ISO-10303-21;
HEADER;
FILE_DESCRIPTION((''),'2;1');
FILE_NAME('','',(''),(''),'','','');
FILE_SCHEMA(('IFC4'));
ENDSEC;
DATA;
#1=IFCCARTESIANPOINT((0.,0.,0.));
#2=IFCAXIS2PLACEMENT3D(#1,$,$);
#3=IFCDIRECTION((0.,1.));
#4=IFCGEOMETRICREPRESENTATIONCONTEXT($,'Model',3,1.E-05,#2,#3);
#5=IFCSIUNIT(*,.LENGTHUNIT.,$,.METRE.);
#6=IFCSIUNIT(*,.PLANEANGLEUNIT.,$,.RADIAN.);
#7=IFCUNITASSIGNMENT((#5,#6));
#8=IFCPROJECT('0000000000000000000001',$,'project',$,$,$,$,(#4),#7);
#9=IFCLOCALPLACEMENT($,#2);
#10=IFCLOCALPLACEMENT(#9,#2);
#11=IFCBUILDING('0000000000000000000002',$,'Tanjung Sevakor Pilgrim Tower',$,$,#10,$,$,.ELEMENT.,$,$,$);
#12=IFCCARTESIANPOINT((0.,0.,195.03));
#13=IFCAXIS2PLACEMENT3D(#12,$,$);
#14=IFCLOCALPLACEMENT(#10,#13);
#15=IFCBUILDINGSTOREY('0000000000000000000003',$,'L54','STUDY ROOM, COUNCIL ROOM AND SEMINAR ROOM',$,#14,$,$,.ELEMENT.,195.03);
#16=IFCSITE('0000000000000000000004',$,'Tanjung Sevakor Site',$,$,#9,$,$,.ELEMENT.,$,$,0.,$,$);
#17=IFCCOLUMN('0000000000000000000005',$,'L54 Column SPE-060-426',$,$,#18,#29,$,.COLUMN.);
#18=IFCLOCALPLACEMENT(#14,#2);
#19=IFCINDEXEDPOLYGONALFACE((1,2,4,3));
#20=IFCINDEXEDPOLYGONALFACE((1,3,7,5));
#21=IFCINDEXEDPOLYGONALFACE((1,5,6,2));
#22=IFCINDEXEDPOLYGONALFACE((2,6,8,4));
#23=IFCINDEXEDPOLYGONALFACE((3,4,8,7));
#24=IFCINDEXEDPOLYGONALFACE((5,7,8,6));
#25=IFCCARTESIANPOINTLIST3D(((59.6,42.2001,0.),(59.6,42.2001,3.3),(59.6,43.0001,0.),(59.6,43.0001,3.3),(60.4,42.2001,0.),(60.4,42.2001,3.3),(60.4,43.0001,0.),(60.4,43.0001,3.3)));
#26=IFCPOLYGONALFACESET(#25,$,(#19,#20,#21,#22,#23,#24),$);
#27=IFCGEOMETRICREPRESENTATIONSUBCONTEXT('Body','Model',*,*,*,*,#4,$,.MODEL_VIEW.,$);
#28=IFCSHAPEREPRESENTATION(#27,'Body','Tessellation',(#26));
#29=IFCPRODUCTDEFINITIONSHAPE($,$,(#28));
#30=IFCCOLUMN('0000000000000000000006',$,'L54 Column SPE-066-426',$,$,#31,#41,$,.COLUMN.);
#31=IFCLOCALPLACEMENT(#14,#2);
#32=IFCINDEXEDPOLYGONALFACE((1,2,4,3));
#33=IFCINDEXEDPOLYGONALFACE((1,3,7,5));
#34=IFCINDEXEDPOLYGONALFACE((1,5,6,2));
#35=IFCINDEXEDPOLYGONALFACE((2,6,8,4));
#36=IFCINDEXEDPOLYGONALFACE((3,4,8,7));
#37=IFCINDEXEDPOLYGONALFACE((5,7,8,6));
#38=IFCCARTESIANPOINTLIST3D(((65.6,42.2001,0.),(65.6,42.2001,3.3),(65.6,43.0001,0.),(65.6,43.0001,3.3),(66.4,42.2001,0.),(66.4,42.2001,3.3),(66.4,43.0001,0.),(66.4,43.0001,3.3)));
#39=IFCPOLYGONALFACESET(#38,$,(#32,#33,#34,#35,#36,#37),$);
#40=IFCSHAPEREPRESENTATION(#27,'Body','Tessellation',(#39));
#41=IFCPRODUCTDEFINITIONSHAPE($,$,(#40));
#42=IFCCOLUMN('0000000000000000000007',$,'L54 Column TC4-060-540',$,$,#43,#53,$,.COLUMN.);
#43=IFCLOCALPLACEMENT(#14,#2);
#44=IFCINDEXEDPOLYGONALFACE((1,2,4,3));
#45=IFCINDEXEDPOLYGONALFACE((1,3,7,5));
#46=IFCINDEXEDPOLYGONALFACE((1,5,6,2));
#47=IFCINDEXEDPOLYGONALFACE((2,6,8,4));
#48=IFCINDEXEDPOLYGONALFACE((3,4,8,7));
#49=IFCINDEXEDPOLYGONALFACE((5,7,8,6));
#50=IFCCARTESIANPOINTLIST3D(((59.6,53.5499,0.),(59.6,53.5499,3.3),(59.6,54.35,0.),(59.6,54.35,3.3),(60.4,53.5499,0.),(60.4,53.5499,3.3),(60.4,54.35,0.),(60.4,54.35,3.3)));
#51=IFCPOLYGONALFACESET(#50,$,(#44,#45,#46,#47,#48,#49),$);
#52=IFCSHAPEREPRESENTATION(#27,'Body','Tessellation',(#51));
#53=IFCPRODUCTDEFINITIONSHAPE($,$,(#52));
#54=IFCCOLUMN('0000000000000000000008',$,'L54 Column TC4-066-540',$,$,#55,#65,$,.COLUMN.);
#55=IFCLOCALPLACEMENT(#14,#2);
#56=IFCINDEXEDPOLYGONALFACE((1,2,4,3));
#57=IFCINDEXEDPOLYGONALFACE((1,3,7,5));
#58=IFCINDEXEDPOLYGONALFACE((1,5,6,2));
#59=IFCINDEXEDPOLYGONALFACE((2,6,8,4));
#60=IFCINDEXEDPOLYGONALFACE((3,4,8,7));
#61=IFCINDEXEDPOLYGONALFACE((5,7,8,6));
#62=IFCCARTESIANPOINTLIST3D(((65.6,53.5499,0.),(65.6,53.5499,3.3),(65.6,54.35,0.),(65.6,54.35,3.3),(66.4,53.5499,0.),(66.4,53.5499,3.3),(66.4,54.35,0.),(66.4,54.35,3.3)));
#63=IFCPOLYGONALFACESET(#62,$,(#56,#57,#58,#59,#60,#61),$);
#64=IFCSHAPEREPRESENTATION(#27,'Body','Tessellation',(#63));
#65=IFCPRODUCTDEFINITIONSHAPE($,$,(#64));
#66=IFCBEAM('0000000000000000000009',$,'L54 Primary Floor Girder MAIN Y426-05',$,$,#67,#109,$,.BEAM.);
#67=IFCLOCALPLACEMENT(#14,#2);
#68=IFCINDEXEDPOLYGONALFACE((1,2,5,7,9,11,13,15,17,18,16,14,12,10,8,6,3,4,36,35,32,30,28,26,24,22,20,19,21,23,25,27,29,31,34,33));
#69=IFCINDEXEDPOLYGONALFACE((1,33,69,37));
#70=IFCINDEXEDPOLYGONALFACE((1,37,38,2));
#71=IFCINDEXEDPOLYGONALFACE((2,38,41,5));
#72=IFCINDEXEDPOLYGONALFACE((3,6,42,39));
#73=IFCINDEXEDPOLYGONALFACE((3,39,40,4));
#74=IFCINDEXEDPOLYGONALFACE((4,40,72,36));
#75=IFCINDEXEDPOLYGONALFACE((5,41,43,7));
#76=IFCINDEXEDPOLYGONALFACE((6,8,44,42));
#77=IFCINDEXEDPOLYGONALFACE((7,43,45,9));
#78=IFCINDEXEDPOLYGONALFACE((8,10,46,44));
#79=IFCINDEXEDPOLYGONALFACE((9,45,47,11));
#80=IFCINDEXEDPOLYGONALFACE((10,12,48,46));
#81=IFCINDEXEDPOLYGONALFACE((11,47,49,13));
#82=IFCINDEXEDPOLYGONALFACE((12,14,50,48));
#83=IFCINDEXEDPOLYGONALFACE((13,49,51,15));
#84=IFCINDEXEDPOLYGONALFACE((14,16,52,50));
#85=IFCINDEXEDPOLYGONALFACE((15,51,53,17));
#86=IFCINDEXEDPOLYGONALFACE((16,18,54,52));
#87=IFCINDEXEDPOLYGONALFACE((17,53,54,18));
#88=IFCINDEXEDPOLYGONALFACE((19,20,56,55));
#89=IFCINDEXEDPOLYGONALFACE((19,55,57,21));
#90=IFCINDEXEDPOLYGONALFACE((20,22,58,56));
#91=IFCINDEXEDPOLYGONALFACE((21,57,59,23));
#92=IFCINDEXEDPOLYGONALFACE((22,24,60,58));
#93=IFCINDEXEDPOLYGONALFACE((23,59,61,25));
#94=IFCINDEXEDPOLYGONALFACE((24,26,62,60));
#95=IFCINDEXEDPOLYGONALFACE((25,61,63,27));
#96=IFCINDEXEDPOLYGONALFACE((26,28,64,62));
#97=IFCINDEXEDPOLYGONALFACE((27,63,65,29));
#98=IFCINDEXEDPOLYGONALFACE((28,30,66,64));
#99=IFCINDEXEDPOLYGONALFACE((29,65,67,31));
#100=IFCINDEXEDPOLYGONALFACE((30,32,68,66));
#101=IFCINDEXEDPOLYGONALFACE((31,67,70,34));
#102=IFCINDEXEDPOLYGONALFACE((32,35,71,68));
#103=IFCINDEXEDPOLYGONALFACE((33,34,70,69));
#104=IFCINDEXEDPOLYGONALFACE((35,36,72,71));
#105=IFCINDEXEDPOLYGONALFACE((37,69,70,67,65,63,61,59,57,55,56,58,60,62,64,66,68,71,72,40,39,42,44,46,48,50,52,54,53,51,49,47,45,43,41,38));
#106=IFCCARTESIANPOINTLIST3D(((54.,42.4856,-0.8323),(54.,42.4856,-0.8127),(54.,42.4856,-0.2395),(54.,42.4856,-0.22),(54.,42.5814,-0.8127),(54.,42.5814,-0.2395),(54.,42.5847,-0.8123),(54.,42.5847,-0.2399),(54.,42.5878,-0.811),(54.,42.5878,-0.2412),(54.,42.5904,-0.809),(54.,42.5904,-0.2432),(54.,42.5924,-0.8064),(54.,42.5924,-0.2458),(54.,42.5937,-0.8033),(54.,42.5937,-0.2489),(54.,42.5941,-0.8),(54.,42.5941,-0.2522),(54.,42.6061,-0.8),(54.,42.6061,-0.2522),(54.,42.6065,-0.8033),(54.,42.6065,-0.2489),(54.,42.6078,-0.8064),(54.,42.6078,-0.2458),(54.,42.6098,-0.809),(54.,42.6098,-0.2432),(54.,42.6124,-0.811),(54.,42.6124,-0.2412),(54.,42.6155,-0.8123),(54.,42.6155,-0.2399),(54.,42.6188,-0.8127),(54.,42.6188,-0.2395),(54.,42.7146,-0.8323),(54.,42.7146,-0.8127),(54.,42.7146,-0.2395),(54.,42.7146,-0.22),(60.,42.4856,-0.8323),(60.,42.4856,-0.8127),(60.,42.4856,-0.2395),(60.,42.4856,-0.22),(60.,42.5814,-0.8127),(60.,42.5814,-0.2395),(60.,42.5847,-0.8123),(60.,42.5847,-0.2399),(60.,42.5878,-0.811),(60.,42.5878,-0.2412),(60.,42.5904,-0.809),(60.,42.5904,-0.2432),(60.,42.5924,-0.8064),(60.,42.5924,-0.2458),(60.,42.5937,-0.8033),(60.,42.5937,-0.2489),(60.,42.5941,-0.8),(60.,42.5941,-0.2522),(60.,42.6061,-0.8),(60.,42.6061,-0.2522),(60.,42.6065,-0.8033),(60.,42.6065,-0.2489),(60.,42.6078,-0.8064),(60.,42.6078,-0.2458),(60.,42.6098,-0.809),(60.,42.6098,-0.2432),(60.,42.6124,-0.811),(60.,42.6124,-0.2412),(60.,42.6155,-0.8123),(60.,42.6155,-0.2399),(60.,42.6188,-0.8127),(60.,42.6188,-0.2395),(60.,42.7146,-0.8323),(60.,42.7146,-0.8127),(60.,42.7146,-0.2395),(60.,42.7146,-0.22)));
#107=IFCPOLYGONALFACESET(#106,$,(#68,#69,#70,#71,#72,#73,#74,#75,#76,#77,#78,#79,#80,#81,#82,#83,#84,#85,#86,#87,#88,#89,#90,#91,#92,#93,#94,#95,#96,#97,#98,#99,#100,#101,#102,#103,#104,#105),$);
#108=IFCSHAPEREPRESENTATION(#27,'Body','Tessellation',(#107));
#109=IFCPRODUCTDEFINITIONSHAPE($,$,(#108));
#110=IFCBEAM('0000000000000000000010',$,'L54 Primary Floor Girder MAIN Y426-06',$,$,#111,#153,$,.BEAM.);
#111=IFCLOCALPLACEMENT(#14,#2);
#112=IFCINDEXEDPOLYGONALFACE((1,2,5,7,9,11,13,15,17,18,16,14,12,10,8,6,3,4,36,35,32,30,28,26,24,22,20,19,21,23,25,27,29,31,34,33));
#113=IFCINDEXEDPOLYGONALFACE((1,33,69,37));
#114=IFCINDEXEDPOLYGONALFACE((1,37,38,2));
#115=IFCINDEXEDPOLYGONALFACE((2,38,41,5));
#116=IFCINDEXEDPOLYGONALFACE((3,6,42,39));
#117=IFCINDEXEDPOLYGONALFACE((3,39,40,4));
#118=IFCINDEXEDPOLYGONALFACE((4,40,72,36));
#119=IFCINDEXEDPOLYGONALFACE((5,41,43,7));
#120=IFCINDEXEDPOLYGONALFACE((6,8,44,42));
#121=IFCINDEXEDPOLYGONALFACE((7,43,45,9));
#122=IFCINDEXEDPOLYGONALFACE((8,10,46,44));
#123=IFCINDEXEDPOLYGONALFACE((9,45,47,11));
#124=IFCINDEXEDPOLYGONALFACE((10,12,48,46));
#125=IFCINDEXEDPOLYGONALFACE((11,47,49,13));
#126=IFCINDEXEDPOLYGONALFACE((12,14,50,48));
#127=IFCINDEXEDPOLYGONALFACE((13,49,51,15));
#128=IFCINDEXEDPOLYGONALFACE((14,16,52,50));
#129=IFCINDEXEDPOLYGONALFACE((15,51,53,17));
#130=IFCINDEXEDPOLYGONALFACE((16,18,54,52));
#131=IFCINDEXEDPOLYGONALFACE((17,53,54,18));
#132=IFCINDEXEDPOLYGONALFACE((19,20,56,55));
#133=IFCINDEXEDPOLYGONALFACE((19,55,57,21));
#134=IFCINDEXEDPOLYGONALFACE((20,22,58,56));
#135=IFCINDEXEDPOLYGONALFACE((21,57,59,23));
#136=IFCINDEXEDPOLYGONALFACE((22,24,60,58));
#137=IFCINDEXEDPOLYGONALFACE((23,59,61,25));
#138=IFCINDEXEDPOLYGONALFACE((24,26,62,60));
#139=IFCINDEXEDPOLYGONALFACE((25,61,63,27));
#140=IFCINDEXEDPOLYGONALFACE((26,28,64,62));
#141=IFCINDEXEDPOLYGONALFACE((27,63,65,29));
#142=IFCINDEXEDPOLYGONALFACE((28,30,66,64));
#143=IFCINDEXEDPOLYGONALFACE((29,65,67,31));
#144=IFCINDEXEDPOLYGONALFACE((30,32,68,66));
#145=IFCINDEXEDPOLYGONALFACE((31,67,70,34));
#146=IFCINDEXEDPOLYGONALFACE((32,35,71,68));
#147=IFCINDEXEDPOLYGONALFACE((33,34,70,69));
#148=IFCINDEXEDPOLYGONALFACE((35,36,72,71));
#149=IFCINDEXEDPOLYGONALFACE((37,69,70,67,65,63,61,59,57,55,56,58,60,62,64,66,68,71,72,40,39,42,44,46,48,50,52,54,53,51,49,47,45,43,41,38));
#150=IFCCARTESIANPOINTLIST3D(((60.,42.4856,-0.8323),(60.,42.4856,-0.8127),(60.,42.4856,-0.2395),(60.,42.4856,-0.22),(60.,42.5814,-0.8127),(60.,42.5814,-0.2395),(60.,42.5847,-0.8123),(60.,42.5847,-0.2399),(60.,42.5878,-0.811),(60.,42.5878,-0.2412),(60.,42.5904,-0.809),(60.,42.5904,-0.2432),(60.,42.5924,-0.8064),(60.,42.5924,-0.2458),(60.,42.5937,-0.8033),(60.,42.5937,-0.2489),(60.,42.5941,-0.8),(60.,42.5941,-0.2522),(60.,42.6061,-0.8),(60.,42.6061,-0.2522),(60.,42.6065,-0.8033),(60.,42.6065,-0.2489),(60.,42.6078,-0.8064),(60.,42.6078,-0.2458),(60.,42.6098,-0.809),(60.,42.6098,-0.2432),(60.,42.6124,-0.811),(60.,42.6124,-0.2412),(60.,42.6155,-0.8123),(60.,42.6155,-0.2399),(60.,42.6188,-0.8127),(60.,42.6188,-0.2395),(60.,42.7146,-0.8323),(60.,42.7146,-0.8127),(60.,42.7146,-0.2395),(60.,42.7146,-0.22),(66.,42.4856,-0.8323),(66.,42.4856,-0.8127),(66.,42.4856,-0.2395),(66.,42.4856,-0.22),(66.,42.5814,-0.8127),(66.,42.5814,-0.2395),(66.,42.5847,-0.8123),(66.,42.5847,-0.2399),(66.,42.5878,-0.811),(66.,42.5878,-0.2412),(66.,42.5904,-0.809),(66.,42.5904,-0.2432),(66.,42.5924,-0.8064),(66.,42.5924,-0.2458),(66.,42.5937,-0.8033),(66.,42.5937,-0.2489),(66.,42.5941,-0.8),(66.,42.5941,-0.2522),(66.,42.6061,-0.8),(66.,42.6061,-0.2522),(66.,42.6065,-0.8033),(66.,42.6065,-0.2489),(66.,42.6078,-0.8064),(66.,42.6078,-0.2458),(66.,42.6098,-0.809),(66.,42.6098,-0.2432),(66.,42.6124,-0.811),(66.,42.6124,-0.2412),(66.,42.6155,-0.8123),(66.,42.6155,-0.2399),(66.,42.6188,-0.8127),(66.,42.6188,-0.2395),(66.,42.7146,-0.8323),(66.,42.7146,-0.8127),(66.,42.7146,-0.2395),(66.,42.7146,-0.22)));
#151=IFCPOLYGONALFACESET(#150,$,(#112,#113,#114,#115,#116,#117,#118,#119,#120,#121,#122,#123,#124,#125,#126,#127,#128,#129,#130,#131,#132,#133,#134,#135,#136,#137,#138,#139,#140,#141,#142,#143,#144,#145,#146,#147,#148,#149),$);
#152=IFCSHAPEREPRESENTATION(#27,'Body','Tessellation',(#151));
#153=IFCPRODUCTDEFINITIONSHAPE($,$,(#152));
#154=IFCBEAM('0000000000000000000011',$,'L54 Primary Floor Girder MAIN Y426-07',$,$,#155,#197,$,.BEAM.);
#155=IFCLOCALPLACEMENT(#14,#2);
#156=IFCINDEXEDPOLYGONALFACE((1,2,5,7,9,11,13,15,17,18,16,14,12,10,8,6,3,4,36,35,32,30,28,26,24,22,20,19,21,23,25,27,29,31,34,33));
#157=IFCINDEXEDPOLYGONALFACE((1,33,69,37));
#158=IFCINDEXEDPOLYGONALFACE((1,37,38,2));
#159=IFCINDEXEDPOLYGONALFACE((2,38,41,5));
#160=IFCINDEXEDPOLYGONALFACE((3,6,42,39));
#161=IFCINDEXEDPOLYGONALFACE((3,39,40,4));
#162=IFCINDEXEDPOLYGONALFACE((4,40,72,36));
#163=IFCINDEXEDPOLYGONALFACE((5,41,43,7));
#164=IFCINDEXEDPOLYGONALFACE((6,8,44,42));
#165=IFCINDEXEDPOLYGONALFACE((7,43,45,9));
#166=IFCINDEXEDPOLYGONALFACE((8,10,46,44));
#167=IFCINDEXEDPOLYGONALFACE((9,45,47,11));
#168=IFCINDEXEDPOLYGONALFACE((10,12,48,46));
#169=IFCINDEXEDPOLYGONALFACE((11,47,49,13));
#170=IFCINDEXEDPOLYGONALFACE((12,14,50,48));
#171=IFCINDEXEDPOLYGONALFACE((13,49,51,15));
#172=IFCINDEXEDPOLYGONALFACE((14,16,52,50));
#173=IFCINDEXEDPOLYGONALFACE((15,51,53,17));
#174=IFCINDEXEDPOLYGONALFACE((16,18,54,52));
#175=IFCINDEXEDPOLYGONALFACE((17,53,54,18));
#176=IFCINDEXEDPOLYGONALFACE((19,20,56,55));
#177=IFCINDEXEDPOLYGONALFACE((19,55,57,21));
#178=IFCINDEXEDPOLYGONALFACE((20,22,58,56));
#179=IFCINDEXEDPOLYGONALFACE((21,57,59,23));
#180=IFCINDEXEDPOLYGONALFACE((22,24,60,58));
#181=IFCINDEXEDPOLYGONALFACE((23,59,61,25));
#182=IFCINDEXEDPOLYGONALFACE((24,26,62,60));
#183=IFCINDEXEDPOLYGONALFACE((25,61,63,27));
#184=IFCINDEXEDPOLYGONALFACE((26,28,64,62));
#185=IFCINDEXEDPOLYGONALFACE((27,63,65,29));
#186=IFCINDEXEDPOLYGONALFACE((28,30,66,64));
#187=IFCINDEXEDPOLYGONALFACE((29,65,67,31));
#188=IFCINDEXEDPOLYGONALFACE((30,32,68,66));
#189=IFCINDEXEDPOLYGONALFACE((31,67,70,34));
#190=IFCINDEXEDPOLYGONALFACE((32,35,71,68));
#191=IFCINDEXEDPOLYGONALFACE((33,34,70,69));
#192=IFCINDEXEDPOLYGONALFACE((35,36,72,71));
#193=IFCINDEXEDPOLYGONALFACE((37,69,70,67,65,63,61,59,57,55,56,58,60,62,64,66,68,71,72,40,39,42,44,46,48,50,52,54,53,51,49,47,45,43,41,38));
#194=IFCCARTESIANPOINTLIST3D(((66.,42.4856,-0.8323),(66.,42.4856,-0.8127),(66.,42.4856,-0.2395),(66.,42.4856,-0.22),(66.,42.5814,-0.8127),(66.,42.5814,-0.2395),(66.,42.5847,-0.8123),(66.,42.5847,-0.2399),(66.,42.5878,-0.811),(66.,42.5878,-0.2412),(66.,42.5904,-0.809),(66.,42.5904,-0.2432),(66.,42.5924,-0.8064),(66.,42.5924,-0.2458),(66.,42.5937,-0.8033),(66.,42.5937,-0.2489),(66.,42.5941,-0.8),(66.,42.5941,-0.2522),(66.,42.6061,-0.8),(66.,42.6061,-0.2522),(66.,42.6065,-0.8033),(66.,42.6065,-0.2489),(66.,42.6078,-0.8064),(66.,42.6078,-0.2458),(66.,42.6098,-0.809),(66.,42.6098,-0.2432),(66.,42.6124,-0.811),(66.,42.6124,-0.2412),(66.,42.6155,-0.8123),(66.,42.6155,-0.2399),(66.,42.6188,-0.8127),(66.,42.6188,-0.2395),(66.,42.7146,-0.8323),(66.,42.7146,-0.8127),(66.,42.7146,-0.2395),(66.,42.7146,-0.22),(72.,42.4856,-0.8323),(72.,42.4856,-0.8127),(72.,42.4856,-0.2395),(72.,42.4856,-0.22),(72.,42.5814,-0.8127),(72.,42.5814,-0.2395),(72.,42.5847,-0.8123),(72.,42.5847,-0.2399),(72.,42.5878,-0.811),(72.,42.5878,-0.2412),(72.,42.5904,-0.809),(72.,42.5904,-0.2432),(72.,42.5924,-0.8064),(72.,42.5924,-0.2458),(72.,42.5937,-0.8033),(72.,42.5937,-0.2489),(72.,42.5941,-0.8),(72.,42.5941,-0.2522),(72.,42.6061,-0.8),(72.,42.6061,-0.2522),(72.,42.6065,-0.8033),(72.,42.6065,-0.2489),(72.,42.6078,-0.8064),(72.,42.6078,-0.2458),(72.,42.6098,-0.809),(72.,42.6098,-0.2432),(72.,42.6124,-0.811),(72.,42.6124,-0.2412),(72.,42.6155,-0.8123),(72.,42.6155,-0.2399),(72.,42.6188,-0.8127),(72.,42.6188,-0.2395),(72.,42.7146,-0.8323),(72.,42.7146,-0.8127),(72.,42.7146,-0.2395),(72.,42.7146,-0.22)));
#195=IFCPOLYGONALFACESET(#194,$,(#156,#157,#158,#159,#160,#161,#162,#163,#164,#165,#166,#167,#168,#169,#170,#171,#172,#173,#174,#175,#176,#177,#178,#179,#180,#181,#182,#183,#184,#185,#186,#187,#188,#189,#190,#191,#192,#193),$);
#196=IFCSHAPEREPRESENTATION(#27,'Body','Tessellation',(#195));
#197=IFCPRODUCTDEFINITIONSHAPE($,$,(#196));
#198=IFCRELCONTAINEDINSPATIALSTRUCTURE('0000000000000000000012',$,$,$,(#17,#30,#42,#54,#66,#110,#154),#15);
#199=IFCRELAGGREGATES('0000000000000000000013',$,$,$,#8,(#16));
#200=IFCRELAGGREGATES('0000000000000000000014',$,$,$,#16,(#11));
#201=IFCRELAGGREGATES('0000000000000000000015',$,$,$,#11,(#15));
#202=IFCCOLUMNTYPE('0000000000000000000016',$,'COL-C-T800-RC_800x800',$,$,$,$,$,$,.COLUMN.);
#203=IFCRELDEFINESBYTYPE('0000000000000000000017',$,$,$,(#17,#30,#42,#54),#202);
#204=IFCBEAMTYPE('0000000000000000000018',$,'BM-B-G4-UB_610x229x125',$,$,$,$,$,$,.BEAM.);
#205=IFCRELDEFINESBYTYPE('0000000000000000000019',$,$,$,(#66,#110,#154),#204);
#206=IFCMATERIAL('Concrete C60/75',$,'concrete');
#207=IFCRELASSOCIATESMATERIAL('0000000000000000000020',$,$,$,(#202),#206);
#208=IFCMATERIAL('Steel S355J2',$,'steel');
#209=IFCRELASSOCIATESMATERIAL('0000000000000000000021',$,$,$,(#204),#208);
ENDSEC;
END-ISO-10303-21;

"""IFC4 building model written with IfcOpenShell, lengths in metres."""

from ifc_helpers import new_model, si_unit, direction, frame, origin, origin_2d, place, context, subcontext, project, spatial, rectangle, i_section, extrude, material, material_profile, profile_set, type_object, element, save


model = new_model("IFC4")

# Units and contexts
model_context = context("Model", 3, precision=1e-05, world=origin(), true_north=direction((0.0, 1.0)))
body_context = subcontext(model_context, "Body", "Model", "MODEL_VIEW")
ifc_project = project(units=[si_unit("LENGTHUNIT", "METRE"), si_unit("PLANEANGLEUNIT", "RADIAN")], contexts=[model_context])

# Site, building, storey
site_placement = place(None, origin())
site = spatial("IfcSite", under=ifc_project, at=site_placement, Name="Tanjung Sevakor Site", CompositionType="ELEMENT", RefElevation=0.0)
building_placement = place(site_placement, origin())
building = spatial("IfcBuilding", under=site, at=building_placement, Name="Tanjung Sevakor Pilgrim Tower", CompositionType="ELEMENT")
storey_placement = place(building_placement, frame((0.0, 0.0, 195.03)))
storey = spatial("IfcBuildingStorey", under=building, at=storey_placement, Name="L54", Description="STUDY ROOM, COUNCIL ROOM AND SEMINAR ROOM", CompositionType="ELEMENT", Elevation=195.03)

# Columns
ifc_material_1 = material(Name="Concrete C60/75", Category="concrete")
ifc_material_profile_1 = material_profile(ifc_material_1, rectangle(XDim=0.8, YDim=0.8, at=origin_2d()))
ifc_profile_set_1 = profile_set([ifc_material_profile_1], Name="Concrete C60/75")
column_type = type_object("IfcColumnType", Name="COL-C-T800-RC_800x800", PredefinedType="COLUMN", material=ifc_profile_set_1)
for number, where, z_axis, x_axis, name in (
    (1, (60.0, 42.6001, 0.0), (0.0, 0.0, 1.0), (1.0, 0.0, 0.0), "L54 Column SPE-060-426"),
    (2, (66.0, 42.6001, 0.0), (0.0, 0.0, 1.0), (1.0, 0.0, 0.0), "L54 Column SPE-066-426"),
    (3, (60.0, 53.95, 0.0), (0.0, 0.0, 1.0), (1.0, 0.0, 0.0), "L54 Column TC4-060-540"),
    (4, (66.0, 53.95, 0.0), (0.0, 0.0, 1.0), (1.0, 0.0, 0.0), "L54 Column TC4-066-540"),
):
    element("IfcColumn", number, at=place(storey_placement, frame(where, z_axis=z_axis, x_axis=x_axis)), inside=storey, type_object=column_type, Name=name, PredefinedType="COLUMN", context=body_context, shape_type="SweptSolid", body=[
        extrude(rectangle(XDim=0.8, YDim=0.8, at=origin_2d()), origin(), (0.0, 0.0, 1.0), 3.3),
    ])

# Beams
ifc_material_2 = material(Name="Steel S355J2", Category="steel")
ifc_material_profile_2 = material_profile(ifc_material_2, i_section(OverallWidth=0.229, OverallDepth=0.6123, WebThickness=0.012, FlangeThickness=0.0195, FilletRadius=0.0127, at=origin_2d()))
ifc_profile_set_2 = profile_set([ifc_material_profile_2], Name="Steel S355J2")
beam_type_1 = type_object("IfcBeamType", Name="BM-B-G4-UB_610x229x125", PredefinedType="BEAM", material=ifc_profile_set_2)
for number, where, z_axis, x_axis, name in (
    (5, (54.0, 42.6001, -0.5261), (1.0, 0.0, 0.0), (0.0, 1.0, 0.0), "L54 Primary Floor Girder MAIN Y426-05"),
    (6, (60.0, 42.6001, -0.5261), (1.0, 0.0, 0.0), (0.0, 1.0, 0.0), "L54 Primary Floor Girder MAIN Y426-06"),
    (7, (66.0, 42.6001, -0.5261), (1.0, 0.0, 0.0), (0.0, 1.0, 0.0), "L54 Primary Floor Girder MAIN Y426-07"),
):
    element("IfcBeam", number, at=place(storey_placement, frame(where, z_axis=z_axis, x_axis=x_axis)), inside=storey, type_object=beam_type_1, Name=name, PredefinedType="BEAM", context=body_context, shape_type="SweptSolid", body=[
        extrude(i_section(OverallWidth=0.229, OverallDepth=0.6123, WebThickness=0.012, FlangeThickness=0.0195, FilletRadius=0.0127, at=origin_2d()), origin(), (0.0, 0.0, 1.0), 6.0),
    ])

save(model, "model.ifc")
